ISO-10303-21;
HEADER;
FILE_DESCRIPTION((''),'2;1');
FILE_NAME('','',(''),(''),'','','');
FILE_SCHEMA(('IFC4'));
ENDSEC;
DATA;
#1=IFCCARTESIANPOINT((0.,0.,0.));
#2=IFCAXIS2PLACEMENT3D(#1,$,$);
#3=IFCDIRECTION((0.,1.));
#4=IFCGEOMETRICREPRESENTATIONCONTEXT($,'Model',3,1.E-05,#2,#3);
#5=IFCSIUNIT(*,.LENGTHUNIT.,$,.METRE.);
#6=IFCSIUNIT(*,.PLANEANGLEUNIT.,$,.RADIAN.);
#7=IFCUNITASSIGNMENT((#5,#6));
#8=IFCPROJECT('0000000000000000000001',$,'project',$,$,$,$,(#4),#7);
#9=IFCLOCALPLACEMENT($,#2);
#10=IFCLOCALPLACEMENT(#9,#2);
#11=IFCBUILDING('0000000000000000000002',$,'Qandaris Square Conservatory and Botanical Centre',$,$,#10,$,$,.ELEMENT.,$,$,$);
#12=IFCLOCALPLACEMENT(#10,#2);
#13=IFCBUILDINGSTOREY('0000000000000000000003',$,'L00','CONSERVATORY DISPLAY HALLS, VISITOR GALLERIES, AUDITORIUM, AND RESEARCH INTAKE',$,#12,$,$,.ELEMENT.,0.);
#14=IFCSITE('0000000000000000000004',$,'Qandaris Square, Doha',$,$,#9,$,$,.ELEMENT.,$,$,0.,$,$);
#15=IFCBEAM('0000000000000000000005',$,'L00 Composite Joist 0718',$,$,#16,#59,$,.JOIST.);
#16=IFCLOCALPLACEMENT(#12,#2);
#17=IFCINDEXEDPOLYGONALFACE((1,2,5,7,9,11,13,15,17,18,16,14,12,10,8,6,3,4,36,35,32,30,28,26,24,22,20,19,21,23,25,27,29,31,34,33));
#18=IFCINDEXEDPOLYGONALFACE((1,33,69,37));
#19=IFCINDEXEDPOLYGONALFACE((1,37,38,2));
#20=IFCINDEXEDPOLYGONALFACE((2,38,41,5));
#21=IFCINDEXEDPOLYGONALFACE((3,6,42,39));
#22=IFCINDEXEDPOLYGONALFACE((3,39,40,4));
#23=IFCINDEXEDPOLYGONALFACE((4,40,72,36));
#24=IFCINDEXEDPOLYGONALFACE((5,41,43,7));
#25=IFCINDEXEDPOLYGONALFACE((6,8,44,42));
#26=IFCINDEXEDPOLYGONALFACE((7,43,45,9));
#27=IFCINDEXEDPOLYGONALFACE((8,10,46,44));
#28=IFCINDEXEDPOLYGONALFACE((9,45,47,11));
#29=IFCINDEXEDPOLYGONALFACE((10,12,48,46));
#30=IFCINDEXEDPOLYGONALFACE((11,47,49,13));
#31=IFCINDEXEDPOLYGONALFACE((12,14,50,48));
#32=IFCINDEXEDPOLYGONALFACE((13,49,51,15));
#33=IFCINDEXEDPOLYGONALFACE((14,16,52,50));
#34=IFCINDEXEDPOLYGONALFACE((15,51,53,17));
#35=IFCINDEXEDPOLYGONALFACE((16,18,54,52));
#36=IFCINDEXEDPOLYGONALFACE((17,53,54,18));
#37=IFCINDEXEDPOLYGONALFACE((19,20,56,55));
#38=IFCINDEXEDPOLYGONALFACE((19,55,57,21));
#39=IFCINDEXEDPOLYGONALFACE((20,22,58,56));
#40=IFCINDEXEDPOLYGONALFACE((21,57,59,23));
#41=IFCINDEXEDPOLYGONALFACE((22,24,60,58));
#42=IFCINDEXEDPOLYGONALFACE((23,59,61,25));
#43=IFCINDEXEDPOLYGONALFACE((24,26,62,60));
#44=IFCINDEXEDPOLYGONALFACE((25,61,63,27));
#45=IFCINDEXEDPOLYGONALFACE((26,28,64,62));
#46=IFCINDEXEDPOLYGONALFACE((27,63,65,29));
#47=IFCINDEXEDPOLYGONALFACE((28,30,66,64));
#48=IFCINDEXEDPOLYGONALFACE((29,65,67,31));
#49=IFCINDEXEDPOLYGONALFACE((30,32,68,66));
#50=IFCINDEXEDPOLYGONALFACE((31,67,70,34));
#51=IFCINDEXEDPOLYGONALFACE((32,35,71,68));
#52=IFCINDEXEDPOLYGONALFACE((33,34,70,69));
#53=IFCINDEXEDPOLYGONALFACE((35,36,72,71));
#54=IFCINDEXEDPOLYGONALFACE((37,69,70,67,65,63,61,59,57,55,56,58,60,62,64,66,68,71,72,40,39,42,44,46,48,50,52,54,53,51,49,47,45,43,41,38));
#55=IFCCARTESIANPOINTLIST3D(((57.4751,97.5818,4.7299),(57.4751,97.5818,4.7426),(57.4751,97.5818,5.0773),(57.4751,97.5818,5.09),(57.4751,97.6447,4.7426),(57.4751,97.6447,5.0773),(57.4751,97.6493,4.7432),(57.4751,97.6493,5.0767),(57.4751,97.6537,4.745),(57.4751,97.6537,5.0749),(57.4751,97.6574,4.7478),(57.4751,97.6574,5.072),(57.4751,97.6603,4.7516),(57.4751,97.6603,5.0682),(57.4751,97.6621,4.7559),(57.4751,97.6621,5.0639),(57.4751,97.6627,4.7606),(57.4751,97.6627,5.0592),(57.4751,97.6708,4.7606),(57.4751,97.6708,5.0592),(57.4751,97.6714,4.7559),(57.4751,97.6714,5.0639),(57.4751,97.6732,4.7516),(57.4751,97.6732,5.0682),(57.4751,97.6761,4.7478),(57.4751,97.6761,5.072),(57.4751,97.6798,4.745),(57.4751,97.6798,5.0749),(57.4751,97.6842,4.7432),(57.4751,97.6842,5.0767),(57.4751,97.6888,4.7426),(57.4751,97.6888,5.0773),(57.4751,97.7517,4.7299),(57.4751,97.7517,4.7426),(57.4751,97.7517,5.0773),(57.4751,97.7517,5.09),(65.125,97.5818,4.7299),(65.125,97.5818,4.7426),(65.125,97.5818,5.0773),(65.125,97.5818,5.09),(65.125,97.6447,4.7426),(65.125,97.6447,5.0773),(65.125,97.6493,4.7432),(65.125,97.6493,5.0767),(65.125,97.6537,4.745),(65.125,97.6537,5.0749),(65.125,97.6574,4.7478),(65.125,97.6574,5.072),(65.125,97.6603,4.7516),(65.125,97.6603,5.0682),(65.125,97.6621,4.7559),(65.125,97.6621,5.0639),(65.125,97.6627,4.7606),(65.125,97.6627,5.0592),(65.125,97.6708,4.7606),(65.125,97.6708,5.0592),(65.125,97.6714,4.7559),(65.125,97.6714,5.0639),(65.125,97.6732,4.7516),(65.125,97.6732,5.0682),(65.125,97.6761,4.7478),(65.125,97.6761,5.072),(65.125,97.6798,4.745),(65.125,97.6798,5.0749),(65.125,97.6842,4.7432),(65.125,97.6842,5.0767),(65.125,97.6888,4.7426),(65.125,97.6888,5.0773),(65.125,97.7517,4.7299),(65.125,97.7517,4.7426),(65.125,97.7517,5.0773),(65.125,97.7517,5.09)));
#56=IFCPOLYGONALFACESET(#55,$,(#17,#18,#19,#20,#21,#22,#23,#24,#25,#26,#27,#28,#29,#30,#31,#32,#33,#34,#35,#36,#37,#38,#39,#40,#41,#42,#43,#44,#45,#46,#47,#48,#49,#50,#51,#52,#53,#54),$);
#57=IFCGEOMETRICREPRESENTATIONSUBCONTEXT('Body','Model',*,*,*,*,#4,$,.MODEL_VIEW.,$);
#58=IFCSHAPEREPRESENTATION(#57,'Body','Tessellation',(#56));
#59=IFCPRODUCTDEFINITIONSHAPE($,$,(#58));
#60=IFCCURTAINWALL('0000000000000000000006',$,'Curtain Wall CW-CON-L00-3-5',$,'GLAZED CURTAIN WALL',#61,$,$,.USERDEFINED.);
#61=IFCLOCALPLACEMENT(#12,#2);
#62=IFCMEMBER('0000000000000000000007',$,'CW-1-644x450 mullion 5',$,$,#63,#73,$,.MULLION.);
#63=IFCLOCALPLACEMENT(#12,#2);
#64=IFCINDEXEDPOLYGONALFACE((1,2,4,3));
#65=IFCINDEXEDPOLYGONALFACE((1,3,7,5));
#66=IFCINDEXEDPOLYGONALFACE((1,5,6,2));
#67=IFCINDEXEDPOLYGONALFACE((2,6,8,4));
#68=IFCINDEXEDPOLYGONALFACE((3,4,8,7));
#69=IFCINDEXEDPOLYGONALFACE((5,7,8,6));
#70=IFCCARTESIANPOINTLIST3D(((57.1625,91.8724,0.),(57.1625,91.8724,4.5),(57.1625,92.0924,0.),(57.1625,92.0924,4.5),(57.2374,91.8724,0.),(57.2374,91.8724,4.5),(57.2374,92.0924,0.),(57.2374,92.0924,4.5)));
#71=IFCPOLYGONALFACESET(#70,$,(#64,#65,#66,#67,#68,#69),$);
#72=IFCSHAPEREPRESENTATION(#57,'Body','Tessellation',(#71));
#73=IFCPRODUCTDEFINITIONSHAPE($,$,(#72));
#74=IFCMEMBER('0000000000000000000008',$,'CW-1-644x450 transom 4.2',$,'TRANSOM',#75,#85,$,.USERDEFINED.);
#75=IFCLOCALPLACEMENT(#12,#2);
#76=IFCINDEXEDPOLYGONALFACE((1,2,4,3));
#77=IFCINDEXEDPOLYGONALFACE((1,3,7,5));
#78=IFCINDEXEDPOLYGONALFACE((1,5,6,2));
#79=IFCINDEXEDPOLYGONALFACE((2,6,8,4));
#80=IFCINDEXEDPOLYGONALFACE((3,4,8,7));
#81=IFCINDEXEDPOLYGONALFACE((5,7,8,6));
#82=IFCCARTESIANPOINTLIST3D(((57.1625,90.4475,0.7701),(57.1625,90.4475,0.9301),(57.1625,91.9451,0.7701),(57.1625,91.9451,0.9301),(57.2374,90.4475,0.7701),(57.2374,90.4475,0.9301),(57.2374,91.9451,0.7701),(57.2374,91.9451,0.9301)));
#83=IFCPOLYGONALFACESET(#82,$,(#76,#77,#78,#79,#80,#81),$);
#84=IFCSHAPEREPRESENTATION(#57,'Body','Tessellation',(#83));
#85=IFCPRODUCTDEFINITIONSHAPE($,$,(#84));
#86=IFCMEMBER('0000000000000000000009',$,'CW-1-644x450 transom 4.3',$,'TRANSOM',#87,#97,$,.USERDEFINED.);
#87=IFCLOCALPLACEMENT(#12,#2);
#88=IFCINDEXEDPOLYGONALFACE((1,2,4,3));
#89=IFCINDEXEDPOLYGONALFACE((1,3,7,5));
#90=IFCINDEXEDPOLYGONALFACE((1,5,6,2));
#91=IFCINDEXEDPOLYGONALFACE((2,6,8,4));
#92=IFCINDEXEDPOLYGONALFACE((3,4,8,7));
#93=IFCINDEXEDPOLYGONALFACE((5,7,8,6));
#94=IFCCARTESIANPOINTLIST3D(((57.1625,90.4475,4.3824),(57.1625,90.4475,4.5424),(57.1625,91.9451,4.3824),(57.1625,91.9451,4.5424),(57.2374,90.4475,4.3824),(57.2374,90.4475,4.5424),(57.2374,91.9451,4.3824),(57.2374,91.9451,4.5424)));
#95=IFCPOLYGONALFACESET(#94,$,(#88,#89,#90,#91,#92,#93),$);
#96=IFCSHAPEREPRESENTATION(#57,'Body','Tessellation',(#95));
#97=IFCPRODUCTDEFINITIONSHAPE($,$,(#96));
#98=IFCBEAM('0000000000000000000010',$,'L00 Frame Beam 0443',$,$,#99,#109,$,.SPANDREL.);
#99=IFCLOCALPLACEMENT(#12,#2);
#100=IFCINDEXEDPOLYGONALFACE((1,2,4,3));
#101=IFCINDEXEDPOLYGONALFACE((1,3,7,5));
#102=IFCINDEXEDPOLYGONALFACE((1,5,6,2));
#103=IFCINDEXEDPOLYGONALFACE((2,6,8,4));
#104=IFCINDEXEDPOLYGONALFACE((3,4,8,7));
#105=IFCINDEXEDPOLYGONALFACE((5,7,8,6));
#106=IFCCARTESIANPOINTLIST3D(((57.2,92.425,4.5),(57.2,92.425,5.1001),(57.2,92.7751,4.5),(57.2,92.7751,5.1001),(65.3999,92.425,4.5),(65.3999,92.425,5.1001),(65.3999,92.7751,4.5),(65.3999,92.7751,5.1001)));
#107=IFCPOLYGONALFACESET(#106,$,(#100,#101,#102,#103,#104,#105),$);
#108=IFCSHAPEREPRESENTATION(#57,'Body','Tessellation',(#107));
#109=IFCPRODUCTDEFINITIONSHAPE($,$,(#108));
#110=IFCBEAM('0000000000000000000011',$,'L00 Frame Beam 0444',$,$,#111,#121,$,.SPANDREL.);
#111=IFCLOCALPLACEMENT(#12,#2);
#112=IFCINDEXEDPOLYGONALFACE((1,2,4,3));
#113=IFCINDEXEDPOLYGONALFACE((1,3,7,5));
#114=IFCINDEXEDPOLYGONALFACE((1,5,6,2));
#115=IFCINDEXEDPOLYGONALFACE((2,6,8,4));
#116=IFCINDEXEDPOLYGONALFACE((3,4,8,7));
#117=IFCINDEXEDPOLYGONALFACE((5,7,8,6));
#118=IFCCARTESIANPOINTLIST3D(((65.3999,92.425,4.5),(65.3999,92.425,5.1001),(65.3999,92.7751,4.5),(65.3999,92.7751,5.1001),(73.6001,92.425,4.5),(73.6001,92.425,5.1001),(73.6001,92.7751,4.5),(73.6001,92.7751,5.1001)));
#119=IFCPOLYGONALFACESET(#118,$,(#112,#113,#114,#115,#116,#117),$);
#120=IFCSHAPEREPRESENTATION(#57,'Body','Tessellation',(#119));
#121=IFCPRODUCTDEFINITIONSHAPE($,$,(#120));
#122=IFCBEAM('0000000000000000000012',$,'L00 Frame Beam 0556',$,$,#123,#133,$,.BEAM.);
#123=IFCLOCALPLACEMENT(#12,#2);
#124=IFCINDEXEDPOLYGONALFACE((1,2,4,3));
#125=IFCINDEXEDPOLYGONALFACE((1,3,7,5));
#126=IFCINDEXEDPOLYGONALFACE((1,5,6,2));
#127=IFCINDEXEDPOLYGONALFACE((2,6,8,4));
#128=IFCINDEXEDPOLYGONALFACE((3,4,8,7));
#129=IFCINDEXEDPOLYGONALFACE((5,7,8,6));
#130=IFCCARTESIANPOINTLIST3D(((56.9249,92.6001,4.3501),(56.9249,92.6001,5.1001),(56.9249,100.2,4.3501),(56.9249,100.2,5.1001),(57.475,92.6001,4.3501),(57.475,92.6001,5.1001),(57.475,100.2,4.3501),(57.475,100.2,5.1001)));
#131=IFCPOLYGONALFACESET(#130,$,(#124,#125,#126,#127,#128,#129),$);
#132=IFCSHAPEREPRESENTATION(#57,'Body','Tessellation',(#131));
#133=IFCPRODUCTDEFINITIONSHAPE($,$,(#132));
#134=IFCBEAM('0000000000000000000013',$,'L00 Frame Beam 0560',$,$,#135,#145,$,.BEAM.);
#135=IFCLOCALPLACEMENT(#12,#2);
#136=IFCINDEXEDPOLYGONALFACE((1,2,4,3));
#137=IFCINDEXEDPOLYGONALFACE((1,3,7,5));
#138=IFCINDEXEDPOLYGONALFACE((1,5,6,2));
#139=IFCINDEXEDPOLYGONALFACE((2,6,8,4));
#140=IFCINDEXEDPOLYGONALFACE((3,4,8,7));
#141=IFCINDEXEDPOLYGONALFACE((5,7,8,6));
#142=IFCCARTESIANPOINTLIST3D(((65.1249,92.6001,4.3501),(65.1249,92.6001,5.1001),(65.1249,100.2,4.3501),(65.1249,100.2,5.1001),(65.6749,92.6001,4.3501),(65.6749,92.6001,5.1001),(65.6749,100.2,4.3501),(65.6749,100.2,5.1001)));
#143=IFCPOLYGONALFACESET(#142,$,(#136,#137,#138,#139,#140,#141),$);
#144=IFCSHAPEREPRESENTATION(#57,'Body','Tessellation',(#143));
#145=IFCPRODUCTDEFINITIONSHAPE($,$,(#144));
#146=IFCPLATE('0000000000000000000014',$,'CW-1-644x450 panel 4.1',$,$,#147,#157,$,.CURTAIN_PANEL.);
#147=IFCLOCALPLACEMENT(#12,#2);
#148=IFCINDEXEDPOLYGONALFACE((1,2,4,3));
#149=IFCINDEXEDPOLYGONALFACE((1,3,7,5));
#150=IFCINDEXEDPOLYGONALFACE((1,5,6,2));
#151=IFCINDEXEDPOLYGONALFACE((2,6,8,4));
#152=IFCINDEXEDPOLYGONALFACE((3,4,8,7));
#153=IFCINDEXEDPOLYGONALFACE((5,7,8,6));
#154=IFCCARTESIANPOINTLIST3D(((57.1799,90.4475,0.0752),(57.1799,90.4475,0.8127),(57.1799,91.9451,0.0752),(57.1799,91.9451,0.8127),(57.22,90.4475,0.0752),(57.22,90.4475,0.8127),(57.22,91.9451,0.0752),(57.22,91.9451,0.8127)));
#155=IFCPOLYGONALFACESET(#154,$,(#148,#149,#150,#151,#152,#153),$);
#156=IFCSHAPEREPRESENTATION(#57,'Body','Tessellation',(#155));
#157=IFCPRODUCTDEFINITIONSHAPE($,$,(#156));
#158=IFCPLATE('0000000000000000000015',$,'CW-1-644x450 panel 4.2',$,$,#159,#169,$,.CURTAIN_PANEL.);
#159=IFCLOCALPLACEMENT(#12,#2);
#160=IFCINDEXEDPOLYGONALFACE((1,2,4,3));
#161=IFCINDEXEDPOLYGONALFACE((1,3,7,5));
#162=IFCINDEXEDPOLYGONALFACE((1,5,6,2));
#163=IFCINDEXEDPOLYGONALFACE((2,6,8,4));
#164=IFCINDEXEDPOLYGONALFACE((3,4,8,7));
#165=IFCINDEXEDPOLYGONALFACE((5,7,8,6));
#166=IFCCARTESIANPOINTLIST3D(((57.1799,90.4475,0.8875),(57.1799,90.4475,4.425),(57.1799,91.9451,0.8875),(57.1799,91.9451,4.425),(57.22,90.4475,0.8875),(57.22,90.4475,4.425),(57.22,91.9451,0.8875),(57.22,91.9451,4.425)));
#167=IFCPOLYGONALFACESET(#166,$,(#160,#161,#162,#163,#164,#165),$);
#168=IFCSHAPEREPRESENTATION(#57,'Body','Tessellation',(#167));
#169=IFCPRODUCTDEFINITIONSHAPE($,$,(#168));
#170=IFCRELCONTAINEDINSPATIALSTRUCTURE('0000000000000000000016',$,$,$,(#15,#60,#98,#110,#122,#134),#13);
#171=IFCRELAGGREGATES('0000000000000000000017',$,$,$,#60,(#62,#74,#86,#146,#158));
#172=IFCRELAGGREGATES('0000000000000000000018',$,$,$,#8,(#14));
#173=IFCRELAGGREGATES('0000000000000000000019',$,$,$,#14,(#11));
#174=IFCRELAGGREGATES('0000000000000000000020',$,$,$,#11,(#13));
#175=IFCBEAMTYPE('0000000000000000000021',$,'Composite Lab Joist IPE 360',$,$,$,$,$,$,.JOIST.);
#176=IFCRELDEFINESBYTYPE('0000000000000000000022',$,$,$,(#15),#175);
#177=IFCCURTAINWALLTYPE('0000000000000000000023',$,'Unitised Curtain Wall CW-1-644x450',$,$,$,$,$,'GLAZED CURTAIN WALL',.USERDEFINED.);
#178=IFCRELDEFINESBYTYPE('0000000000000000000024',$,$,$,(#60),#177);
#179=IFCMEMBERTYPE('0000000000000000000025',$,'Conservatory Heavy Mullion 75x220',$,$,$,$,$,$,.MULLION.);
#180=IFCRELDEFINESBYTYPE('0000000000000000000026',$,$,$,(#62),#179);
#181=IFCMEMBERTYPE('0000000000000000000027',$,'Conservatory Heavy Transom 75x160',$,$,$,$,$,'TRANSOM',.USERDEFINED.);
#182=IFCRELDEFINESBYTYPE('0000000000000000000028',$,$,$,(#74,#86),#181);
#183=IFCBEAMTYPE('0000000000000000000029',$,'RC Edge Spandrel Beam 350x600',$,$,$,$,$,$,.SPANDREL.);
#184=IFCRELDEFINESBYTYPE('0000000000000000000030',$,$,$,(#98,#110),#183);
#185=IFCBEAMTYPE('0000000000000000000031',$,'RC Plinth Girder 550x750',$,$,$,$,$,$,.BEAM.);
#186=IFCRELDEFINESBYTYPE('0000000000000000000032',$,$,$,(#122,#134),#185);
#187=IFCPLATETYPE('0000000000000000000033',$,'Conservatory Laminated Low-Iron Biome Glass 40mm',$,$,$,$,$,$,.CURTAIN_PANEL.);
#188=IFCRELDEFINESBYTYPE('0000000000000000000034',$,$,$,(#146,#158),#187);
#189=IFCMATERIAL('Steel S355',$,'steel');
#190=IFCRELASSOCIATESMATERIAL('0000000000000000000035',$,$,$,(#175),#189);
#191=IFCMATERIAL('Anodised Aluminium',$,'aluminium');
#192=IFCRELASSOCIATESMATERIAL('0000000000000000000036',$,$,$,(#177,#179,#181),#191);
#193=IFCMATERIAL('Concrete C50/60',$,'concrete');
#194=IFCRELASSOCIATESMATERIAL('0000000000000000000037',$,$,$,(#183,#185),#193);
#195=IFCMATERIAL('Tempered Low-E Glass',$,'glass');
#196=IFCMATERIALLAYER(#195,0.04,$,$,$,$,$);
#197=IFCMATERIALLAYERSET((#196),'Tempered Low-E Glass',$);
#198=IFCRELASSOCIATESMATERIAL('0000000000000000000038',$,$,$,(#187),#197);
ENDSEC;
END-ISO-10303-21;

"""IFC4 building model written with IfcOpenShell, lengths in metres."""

from ifc_helpers import new_model, si_unit, direction, frame, origin, origin_2d, place, context, subcontext, project, spatial, rectangle, i_section, extrude, material, layer, layer_set, material_profile, profile_set, type_object, element, aggregate, save


model = new_model("IFC4")

# Units and contexts
model_context = context("Model", 3, precision=1e-05, world=origin(), true_north=direction((0.0, 1.0)))
body_context = subcontext(model_context, "Body", "Model", "MODEL_VIEW")
ifc_project = project(units=[si_unit("LENGTHUNIT", "METRE"), si_unit("PLANEANGLEUNIT", "RADIAN")], contexts=[model_context])

# Site, building, storey
site_placement = place(None, origin())
site = spatial("IfcSite", under=ifc_project, at=site_placement, Name="Qandaris Square, Doha", CompositionType="ELEMENT", RefElevation=0.0)
building_placement = place(site_placement, origin())
building = spatial("IfcBuilding", under=site, at=building_placement, Name="Qandaris Square Conservatory and Botanical Centre", CompositionType="ELEMENT")
storey_placement = place(building_placement, origin())
storey = spatial("IfcBuildingStorey", under=building, at=storey_placement, Name="L00", Description="CONSERVATORY DISPLAY HALLS, VISITOR GALLERIES, AUDITORIUM, AND RESEARCH INTAKE", CompositionType="ELEMENT", Elevation=0.0)

# Shared definitions
ifc_material_1 = material(Name="Concrete C50/60", Category="concrete")

# Beam
ifc_material_2 = material(Name="Steel S355", Category="steel")
ifc_material_profile_1 = material_profile(ifc_material_2, i_section(OverallWidth=0.1699, OverallDepth=0.3601, WebThickness=0.0081, FlangeThickness=0.0127, FilletRadius=0.0181, at=origin_2d()), Name="IPE 360")
ifc_profile_set_1 = profile_set([ifc_material_profile_1], Name="Steel S355")
beam_type_1 = type_object("IfcBeamType", Name="Composite Lab Joist IPE 360", PredefinedType="JOIST", material=ifc_profile_set_1)
beam_1_placement = place(storey_placement, frame((57.4751, 97.6667, 4.9099), z_axis=(1.0, 0.0, 0.0), x_axis=(0.0, 1.0, 0.0)))
element("IfcBeam", 1, at=beam_1_placement, inside=storey, type_object=beam_type_1, Name="L00 Composite Joist 0718", PredefinedType="JOIST", context=body_context, shape_type="SweptSolid", body=[
    extrude(i_section(OverallWidth=0.1699, OverallDepth=0.3601, WebThickness=0.0081, FlangeThickness=0.0127, FilletRadius=0.0181, at=origin_2d()), origin(), (0.0, 0.0, 1.0), 7.6499),
])

# Curtain wall, members
ifc_material_3 = material(Name="Anodised Aluminium", Category="aluminium")
curtain_wall_type = type_object("IfcCurtainWallType", Name="Unitised Curtain Wall CW-1-644x450", ElementType="GLAZED CURTAIN WALL", PredefinedType="USERDEFINED", material=ifc_material_3)
curtain_wall_placement = place(storey_placement, origin())
curtain_wall = element("IfcCurtainWall", 2, at=curtain_wall_placement, inside=storey, type_object=curtain_wall_type, Name="Curtain Wall CW-CON-L00-3-5", ObjectType="GLAZED CURTAIN WALL", PredefinedType="USERDEFINED")
ifc_material_profile_2 = material_profile(ifc_material_3, rectangle(XDim=0.075, YDim=0.22, at=origin_2d()), Name="ALU-MUL 75x220")
ifc_profile_set_2 = profile_set([ifc_material_profile_2], Name="Anodised Aluminium")
member_type_1 = type_object("IfcMemberType", Name="Conservatory Heavy Mullion 75x220", PredefinedType="MULLION", material=ifc_profile_set_2)
member_1_placement = place(storey_placement, frame((57.2, 91.9824, 0.0), z_axis=(0.0, 0.0, 1.0), x_axis=(-1.0, 0.0, 0.0)))
member_1 = element("IfcMember", 3, at=member_1_placement, type_object=member_type_1, Name="CW-1-644x450 mullion 5", PredefinedType="MULLION", context=body_context, shape_type="SweptSolid", body=[
    extrude(rectangle(XDim=0.075, YDim=0.22, at=origin_2d()), origin(), (0.0, 0.0, 1.0), 4.5),
])
ifc_material_profile_3 = material_profile(ifc_material_3, rectangle(XDim=0.075, YDim=0.1599, at=origin_2d()), Name="ALU-TRN 75x160")
ifc_profile_set_3 = profile_set([ifc_material_profile_3], Name="Anodised Aluminium")
member_type_2 = type_object("IfcMemberType", Name="Conservatory Heavy Transom 75x160", ElementType="TRANSOM", PredefinedType="USERDEFINED", material=ifc_profile_set_3)
member_2_placement = place(storey_placement, frame((57.2, 90.4475, 0.8501), z_axis=(0.0, 1.0, 0.0), x_axis=(-1.0, 0.0, 0.0)))
member_2 = element("IfcMember", 4, at=member_2_placement, type_object=member_type_2, Name="CW-1-644x450 transom 4.2", ObjectType="TRANSOM", PredefinedType="USERDEFINED", context=body_context, shape_type="SweptSolid", body=[
    extrude(rectangle(XDim=0.075, YDim=0.1599, at=origin_2d()), origin(), (0.0, 0.0, 1.0), 1.4976),
])
member_3_placement = place(storey_placement, frame((57.2, 90.4475, 4.4624), z_axis=(0.0, 1.0, 0.0), x_axis=(-1.0, 0.0, 0.0)))
member_3 = element("IfcMember", 5, at=member_3_placement, type_object=member_type_2, Name="CW-1-644x450 transom 4.3", ObjectType="TRANSOM", PredefinedType="USERDEFINED", context=body_context, shape_type="SweptSolid", body=[
    extrude(rectangle(XDim=0.075, YDim=0.1599, at=origin_2d()), origin(), (0.0, 0.0, 1.0), 1.4976),
])

# Beams
ifc_material_profile_4 = material_profile(ifc_material_1, rectangle(XDim=0.3501, YDim=0.6001, at=origin_2d()), Name="RC-SP 350x600")
ifc_profile_set_4 = profile_set([ifc_material_profile_4], Name="Concrete C50/60")
beam_type_2 = type_object("IfcBeamType", Name="RC Edge Spandrel Beam 350x600", PredefinedType="SPANDREL", material=ifc_profile_set_4)
beam_2_placement = place(storey_placement, frame((57.2, 92.6001, 4.8), z_axis=(1.0, 0.0, 0.0), x_axis=(0.0, 1.0, 0.0)))
element("IfcBeam", 6, at=beam_2_placement, inside=storey, type_object=beam_type_2, Name="L00 Frame Beam 0443", PredefinedType="SPANDREL", context=body_context, shape_type="SweptSolid", body=[
    extrude(rectangle(XDim=0.3501, YDim=0.6001, at=origin_2d()), origin(), (0.0, 0.0, 1.0), 8.2),
])
beam_3_placement = place(storey_placement, frame((65.3999, 92.6001, 4.8), z_axis=(1.0, 0.0, 0.0), x_axis=(0.0, 1.0, 0.0)))
element("IfcBeam", 7, at=beam_3_placement, inside=storey, type_object=beam_type_2, Name="L00 Frame Beam 0444", PredefinedType="SPANDREL", context=body_context, shape_type="SweptSolid", body=[
    extrude(rectangle(XDim=0.3501, YDim=0.6001, at=origin_2d()), origin(), (0.0, 0.0, 1.0), 8.2002),
])
ifc_material_profile_5 = material_profile(ifc_material_1, rectangle(XDim=0.55, YDim=0.75, at=origin_2d()), Name="RC-BM 550x750")
ifc_profile_set_5 = profile_set([ifc_material_profile_5], Name="Concrete C50/60")
beam_type_3 = type_object("IfcBeamType", Name="RC Plinth Girder 550x750", PredefinedType="BEAM", material=ifc_profile_set_5)
for number, where, z_axis, x_axis, name in (
    (8, (57.2, 92.6001, 4.7251), (0.0, 1.0, 0.0), (-1.0, 0.0, 0.0), "L00 Frame Beam 0556"),
    (9, (65.3999, 92.6001, 4.7251), (0.0, 1.0, 0.0), (-1.0, 0.0, 0.0), "L00 Frame Beam 0560"),
):
    element("IfcBeam", number, at=place(storey_placement, frame(where, z_axis=z_axis, x_axis=x_axis)), inside=storey, type_object=beam_type_3, Name=name, PredefinedType="BEAM", context=body_context, shape_type="SweptSolid", body=[
        extrude(rectangle(XDim=0.55, YDim=0.75, at=origin_2d()), origin(), (0.0, 0.0, 1.0), 7.5999),
    ])

# Plates
ifc_material_4 = material(Name="Tempered Low-E Glass", Category="glass")
ifc_layer_1 = layer(ifc_material_4, 0.04)
ifc_layer_set_1 = layer_set([ifc_layer_1], Name="Tempered Low-E Glass")
plate_type = type_object("IfcPlateType", Name="Conservatory Laminated Low-Iron Biome Glass 40mm", PredefinedType="CURTAIN_PANEL", material=ifc_layer_set_1)
plate_1_placement = place(storey_placement, frame((57.2, 91.1963, 0.0752), z_axis=(0.0, 0.0, 1.0), x_axis=(0.0, 1.0, 0.0)))
plate_1 = element("IfcPlate", 10, at=plate_1_placement, type_object=plate_type, Name="CW-1-644x450 panel 4.1", PredefinedType="CURTAIN_PANEL", context=body_context, shape_type="SweptSolid", body=[
    extrude(rectangle(XDim=1.4976, YDim=0.04, at=origin_2d()), origin(), (0.0, 0.0, 1.0), 0.7375),
])
plate_2_placement = place(storey_placement, frame((57.2, 91.1963, 0.8875), z_axis=(0.0, 0.0, 1.0), x_axis=(0.0, 1.0, 0.0)))
plate_2 = element("IfcPlate", 11, at=plate_2_placement, type_object=plate_type, Name="CW-1-644x450 panel 4.2", PredefinedType="CURTAIN_PANEL", context=body_context, shape_type="SweptSolid", body=[
    extrude(rectangle(XDim=1.4976, YDim=0.04, at=origin_2d()), origin(), (0.0, 0.0, 1.0), 3.5376),
])
aggregate(curtain_wall, [member_1, member_2, member_3, plate_1, plate_2])

save(model, "model.ifc")
